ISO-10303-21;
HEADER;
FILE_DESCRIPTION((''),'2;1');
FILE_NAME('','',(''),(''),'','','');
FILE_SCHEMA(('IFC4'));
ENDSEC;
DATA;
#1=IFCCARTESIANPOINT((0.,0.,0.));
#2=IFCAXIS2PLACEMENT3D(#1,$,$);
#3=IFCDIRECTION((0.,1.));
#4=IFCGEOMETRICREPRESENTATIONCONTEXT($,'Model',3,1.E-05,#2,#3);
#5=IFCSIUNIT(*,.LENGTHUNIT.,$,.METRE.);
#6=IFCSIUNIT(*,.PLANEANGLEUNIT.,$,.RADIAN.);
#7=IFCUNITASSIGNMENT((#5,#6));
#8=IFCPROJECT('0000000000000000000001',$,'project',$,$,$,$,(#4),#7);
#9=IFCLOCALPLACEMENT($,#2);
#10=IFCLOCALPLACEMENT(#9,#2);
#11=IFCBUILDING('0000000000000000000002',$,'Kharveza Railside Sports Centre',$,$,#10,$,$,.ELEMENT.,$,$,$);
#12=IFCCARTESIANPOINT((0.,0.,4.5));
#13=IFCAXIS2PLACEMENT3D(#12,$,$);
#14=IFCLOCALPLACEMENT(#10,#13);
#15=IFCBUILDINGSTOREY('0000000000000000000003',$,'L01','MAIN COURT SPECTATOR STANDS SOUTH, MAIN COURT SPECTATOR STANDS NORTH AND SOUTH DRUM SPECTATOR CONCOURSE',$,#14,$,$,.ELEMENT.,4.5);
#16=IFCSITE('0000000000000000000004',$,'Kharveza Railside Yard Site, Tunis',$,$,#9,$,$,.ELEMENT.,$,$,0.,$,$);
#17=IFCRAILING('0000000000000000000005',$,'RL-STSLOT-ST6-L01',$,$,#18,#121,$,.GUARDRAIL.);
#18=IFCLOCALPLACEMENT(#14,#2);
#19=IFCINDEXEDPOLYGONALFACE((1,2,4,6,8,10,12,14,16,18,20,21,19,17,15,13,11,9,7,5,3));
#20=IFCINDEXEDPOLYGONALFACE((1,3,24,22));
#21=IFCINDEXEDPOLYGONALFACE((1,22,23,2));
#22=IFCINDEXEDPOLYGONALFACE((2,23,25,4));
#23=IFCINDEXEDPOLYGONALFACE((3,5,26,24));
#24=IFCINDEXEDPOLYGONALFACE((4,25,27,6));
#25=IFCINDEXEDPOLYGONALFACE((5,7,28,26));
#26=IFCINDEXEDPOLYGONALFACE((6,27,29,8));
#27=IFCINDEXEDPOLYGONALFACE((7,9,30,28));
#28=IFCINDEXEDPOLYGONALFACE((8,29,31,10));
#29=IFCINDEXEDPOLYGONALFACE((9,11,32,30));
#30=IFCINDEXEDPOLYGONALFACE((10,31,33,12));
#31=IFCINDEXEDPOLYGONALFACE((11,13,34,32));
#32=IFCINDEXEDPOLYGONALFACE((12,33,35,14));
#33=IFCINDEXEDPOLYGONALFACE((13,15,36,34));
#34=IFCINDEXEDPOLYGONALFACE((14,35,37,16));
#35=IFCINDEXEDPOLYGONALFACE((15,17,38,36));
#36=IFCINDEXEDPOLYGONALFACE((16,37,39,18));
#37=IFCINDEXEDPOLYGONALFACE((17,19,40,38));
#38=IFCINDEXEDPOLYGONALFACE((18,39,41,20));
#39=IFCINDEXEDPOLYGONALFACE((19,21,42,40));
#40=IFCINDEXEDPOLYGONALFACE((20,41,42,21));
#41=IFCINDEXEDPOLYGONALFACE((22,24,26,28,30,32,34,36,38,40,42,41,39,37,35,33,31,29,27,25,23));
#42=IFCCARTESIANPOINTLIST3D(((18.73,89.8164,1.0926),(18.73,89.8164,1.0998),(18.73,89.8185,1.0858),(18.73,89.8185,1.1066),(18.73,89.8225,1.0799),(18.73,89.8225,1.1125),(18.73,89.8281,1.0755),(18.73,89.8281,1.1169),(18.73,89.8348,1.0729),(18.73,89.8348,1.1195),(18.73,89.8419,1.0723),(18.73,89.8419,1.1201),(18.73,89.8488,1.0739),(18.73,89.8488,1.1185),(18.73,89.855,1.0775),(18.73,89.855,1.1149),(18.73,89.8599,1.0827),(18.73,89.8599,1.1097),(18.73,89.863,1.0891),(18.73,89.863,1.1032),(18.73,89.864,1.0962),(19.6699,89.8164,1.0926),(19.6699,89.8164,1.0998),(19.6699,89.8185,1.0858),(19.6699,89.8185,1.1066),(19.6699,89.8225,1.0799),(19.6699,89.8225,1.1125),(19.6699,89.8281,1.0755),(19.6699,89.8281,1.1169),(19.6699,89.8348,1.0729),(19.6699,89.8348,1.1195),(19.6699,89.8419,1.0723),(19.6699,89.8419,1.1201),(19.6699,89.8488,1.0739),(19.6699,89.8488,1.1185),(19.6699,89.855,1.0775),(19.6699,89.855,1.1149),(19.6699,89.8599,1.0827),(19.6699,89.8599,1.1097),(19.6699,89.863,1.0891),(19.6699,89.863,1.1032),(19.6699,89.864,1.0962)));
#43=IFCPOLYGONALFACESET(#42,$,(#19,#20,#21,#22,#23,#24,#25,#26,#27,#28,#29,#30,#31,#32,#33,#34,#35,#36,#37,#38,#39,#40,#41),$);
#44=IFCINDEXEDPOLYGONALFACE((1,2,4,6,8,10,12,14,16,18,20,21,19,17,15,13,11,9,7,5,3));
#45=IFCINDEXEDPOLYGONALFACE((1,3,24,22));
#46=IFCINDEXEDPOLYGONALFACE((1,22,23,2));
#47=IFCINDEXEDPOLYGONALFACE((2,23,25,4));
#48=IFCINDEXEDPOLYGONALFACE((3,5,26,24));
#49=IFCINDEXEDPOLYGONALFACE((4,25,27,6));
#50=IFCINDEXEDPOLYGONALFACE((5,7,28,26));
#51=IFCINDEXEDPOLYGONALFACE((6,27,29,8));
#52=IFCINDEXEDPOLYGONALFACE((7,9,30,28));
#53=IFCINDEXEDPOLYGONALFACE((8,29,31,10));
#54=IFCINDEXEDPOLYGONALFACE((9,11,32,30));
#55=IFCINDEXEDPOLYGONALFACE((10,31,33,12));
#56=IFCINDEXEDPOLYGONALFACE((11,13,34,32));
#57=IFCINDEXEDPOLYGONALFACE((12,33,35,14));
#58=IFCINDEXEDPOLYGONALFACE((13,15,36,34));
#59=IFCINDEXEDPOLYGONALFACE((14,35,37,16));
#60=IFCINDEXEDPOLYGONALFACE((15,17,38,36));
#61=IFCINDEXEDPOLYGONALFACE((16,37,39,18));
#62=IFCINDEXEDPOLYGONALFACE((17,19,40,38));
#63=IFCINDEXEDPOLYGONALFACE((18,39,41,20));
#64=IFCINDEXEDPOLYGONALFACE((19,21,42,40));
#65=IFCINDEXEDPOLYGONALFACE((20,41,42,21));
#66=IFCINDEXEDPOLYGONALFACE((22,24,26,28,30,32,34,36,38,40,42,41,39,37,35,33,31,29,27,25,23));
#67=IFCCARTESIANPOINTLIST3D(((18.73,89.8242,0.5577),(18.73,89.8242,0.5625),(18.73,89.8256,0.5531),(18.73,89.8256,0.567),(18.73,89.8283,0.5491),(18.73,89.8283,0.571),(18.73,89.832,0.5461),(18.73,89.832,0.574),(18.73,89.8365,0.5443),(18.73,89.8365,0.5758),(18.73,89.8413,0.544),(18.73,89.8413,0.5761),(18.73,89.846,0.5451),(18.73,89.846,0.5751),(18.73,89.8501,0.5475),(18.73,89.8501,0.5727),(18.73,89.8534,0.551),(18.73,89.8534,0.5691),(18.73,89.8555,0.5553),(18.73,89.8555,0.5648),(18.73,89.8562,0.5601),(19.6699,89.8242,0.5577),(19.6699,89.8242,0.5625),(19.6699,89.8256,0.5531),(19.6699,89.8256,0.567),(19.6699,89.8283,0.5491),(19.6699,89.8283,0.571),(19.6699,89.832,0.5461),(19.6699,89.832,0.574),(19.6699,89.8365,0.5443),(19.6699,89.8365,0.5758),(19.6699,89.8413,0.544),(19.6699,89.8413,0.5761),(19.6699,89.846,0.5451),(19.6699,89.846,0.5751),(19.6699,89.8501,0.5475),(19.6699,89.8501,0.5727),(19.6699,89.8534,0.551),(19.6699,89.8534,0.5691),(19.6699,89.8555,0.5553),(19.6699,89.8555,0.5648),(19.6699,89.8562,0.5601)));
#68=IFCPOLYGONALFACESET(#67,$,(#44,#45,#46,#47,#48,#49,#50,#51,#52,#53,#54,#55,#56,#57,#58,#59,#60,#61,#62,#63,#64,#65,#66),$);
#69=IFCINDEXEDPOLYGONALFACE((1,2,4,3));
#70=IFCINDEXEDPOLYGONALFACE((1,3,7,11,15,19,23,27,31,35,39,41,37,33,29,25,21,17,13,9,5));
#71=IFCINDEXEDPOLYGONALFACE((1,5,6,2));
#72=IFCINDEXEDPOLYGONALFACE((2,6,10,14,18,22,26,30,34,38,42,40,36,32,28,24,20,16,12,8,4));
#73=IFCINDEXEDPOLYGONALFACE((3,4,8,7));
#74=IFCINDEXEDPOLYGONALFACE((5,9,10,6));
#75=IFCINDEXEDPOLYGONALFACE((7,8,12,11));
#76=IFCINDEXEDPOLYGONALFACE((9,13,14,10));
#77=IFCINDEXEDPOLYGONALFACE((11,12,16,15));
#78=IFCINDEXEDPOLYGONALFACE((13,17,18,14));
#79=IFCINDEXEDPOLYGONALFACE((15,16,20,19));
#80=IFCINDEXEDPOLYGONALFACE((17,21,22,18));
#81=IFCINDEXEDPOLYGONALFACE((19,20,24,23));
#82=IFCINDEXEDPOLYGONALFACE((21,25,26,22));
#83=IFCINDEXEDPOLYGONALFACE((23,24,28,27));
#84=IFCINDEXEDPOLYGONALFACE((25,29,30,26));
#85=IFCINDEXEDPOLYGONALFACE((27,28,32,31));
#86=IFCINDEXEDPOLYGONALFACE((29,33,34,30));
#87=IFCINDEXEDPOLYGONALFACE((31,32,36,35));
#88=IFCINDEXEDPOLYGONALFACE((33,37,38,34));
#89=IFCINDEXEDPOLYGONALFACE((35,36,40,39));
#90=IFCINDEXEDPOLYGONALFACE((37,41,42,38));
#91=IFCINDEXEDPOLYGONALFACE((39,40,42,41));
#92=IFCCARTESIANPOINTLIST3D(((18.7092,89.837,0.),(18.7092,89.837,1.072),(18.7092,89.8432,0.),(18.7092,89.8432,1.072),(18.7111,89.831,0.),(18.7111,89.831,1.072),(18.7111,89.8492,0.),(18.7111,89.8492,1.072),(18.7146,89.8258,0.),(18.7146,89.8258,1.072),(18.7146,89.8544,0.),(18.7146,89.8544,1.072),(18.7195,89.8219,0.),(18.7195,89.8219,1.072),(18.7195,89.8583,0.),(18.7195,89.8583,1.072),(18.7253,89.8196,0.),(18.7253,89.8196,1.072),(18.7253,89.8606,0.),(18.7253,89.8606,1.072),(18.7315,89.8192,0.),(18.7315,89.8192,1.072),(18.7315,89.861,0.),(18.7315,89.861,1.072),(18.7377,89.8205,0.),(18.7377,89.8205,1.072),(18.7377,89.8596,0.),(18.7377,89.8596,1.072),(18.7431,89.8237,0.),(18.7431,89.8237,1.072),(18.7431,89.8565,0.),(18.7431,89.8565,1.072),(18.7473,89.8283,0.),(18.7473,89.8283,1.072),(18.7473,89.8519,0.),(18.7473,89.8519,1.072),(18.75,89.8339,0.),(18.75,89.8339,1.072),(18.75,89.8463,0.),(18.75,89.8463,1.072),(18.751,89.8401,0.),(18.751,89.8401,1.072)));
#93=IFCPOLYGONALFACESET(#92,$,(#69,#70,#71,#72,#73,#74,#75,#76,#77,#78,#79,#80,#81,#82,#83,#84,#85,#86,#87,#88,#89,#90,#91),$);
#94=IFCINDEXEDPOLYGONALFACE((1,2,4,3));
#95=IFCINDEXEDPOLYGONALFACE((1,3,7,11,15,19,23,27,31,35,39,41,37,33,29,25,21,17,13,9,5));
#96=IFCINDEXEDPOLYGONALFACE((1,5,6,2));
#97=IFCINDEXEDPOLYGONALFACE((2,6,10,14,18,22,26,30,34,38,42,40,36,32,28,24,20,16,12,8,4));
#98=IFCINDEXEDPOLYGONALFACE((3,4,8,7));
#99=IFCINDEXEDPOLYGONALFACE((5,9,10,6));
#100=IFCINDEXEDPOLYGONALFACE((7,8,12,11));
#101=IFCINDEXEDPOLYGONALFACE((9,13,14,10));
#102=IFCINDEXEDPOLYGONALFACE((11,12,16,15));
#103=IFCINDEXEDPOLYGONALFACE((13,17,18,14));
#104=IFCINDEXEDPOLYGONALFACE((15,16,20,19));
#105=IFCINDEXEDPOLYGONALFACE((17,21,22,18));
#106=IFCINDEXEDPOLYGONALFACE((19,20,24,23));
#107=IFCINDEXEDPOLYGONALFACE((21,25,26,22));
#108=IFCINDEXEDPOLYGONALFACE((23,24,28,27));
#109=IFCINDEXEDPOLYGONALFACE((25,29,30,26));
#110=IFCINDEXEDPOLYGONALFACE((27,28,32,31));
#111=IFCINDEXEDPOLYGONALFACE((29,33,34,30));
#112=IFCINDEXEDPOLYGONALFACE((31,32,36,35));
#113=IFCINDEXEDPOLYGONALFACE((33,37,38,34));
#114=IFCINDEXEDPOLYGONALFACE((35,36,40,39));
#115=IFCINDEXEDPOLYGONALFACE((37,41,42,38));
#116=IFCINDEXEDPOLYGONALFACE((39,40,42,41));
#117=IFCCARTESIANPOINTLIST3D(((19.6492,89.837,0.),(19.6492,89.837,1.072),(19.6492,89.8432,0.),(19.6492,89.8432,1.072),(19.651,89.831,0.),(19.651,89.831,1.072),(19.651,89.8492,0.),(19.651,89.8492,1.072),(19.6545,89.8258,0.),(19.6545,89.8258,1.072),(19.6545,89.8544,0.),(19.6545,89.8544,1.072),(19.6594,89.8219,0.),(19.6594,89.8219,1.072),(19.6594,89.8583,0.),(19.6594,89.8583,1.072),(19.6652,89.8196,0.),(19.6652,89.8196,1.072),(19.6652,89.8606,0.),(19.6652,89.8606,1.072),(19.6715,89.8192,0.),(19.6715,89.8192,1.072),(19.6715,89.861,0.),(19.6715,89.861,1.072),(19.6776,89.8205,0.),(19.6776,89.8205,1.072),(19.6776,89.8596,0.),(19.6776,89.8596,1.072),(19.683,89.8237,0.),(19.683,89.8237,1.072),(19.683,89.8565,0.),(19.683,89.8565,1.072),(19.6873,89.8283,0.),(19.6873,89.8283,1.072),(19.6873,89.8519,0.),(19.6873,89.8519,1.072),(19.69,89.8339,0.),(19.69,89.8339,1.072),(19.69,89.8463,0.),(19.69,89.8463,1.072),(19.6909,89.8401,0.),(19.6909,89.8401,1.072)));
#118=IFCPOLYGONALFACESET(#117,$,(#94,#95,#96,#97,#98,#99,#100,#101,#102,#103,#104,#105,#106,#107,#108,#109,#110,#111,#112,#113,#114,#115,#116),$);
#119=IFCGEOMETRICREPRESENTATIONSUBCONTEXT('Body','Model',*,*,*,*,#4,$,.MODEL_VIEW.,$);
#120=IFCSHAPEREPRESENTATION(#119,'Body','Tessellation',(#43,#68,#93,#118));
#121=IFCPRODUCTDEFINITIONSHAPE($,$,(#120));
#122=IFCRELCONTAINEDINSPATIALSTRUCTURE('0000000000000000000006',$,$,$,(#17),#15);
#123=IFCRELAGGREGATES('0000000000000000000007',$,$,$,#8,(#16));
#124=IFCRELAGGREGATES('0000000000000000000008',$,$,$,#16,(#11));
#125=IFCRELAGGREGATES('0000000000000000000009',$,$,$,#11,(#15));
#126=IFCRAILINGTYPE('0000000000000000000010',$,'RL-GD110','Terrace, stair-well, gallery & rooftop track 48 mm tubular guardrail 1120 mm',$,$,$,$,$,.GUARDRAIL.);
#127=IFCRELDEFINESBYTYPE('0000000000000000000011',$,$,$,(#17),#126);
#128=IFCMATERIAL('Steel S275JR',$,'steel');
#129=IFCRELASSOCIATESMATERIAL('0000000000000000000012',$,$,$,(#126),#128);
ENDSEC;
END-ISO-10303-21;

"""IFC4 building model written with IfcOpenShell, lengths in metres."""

from ifc_helpers import new_model, si_unit, direction, frame, origin, origin_2d, place, context, subcontext, project, spatial, circle, extrude, material, type_object, element, save


model = new_model("IFC4")

# Units and contexts
model_context = context("Model", 3, precision=1e-05, world=origin(), true_north=direction((0.0, 1.0)))
body_context = subcontext(model_context, "Body", "Model", "MODEL_VIEW")
ifc_project = project(units=[si_unit("LENGTHUNIT", "METRE"), si_unit("PLANEANGLEUNIT", "RADIAN")], contexts=[model_context])

# Site, building, storey
site_placement = place(None, origin())
site = spatial("IfcSite", under=ifc_project, at=site_placement, Name="Kharveza Railside Yard Site, Tunis", CompositionType="ELEMENT", RefElevation=0.0)
building_placement = place(site_placement, origin())
building = spatial("IfcBuilding", under=site, at=building_placement, Name="Kharveza Railside Sports Centre", CompositionType="ELEMENT")
storey_placement = place(building_placement, frame((0.0, 0.0, 4.5)))
storey = spatial("IfcBuildingStorey", under=building, at=storey_placement, Name="L01", Description="MAIN COURT SPECTATOR STANDS SOUTH, MAIN COURT SPECTATOR STANDS NORTH AND SOUTH DRUM SPECTATOR CONCOURSE", CompositionType="ELEMENT", Elevation=4.5)

# Railing
ifc_material_1 = material(Name="Steel S275JR", Category="steel")
railing_type_1 = type_object("IfcRailingType", Name="RL-GD110", Description="Terrace, stair-well, gallery & rooftop track 48 mm tubular guardrail 1120 mm", PredefinedType="GUARDRAIL", material=ifc_material_1)
railing_1_placement = place(storey_placement, frame((18.73, 89.8401, 0.0)))
element("IfcRailing", 1, at=railing_1_placement, inside=storey, type_object=railing_type_1, Name="RL-STSLOT-ST6-L01", PredefinedType="GUARDRAIL", context=body_context, shape_type="SweptSolid", body=[
    extrude(circle(Radius=0.0239, at=origin_2d()), frame((0.0, 0.0, 1.0962), z_axis=(1.0, 0.0, 0.0), x_axis=(0.0, 1.0, 0.0)), (0.0, 0.0, 1.0), 0.9399),
    extrude(circle(Radius=0.0161, at=origin_2d()), frame((0.0, 0.0, 0.5601), z_axis=(1.0, 0.0, 0.0), x_axis=(0.0, 1.0, 0.0)), (0.0, 0.0, 1.0), 0.9399),
    extrude(circle(Radius=0.021, at=origin_2d()), origin(), (0.0, 0.0, 1.0), 1.072),
    extrude(circle(Radius=0.021, at=origin_2d()), frame((0.9399, 0.0, 0.0)), (0.0, 0.0, 1.0), 1.072),
])

save(model, "model.ifc")
